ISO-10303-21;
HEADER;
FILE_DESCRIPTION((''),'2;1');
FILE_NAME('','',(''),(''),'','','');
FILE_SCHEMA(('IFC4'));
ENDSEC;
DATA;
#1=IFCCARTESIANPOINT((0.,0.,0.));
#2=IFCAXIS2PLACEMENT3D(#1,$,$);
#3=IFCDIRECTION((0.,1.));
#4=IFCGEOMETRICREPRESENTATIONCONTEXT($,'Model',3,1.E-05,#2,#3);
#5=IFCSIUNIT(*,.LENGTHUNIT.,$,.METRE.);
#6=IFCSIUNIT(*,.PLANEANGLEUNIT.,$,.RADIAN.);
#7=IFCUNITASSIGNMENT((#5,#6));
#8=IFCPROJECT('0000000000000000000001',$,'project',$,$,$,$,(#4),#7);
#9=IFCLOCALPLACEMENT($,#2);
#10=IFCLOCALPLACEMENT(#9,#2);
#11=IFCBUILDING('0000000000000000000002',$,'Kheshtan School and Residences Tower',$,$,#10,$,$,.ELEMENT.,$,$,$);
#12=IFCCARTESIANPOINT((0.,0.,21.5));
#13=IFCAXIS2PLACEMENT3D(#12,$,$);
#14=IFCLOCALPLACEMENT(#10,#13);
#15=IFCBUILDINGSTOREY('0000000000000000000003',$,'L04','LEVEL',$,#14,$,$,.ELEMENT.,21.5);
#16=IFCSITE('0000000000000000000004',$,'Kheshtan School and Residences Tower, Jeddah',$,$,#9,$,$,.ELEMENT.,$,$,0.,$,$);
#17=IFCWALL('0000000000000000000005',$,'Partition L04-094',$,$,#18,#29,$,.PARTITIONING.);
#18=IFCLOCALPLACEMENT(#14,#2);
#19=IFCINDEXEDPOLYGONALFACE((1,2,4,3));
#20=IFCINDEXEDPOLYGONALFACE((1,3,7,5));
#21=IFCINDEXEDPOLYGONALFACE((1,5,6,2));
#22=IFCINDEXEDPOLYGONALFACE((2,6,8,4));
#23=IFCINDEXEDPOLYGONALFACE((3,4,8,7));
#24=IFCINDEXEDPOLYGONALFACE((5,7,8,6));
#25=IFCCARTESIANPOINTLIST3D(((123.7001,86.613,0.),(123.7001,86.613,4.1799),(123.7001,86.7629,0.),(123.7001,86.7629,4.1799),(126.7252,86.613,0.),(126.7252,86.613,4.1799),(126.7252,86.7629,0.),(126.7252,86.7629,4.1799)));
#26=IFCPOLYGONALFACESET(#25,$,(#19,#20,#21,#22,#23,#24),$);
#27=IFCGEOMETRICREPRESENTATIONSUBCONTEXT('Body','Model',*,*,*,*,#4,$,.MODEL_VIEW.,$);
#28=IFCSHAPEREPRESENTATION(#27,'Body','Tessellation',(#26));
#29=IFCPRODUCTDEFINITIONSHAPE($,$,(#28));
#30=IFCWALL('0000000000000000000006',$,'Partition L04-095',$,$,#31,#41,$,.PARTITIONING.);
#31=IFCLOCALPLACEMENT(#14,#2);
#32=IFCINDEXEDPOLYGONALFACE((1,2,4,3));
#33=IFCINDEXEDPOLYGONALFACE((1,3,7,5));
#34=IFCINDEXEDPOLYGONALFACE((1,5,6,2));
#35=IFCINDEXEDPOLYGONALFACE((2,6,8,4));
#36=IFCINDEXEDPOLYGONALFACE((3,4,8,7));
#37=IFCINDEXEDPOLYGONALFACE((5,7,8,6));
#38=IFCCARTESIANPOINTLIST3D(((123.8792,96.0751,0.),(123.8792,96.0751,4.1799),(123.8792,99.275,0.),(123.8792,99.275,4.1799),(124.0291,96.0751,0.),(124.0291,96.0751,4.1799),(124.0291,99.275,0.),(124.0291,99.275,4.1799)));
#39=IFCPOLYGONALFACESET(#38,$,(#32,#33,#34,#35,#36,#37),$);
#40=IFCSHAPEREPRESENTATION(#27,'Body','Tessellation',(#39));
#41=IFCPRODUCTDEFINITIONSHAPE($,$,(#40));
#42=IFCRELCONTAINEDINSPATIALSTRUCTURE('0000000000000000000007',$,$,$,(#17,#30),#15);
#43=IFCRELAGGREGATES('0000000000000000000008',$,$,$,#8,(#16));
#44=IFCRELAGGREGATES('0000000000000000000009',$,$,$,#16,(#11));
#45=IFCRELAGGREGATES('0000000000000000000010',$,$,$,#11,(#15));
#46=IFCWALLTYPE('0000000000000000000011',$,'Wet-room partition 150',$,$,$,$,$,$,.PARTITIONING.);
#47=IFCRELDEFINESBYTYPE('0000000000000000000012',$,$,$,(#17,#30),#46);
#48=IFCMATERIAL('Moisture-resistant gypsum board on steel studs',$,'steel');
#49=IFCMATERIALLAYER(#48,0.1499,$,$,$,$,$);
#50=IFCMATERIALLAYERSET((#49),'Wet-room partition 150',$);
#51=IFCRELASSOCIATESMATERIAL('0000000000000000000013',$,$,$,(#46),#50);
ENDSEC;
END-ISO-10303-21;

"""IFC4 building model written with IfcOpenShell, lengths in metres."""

from ifc_helpers import new_model, si_unit, direction, frame, frame_2d, origin, place, context, subcontext, project, spatial, rectangle, extrude, material, layer, layer_set, type_object, element, save


model = new_model("IFC4")

# Units and contexts
model_context = context("Model", 3, precision=1e-05, world=origin(), true_north=direction((0.0, 1.0)))
body_context = subcontext(model_context, "Body", "Model", "MODEL_VIEW")
ifc_project = project(units=[si_unit("LENGTHUNIT", "METRE"), si_unit("PLANEANGLEUNIT", "RADIAN")], contexts=[model_context])

# Site, building, storey
site_placement = place(None, origin())
site = spatial("IfcSite", under=ifc_project, at=site_placement, Name="Kheshtan School and Residences Tower, Jeddah", CompositionType="ELEMENT", RefElevation=0.0)
building_placement = place(site_placement, origin())
building = spatial("IfcBuilding", under=site, at=building_placement, Name="Kheshtan School and Residences Tower", CompositionType="ELEMENT")
storey_placement = place(building_placement, frame((0.0, 0.0, 21.5)))
storey = spatial("IfcBuildingStorey", under=building, at=storey_placement, Name="L04", Description="LEVEL", CompositionType="ELEMENT", Elevation=21.5)

# Walls
ifc_material_1 = material(Name="Moisture-resistant gypsum board on steel studs", Category="steel")
ifc_layer_1 = layer(ifc_material_1, 0.1499)
ifc_layer_set_1 = layer_set([ifc_layer_1], Name="Wet-room partition 150")
wall_type_1 = type_object("IfcWallType", Name="Wet-room partition 150", PredefinedType="PARTITIONING", material=ifc_layer_set_1)
wall_1_placement = place(storey_placement, frame((123.7, 86.688, 0.0), z_axis=(0.0, 0.0, 1.0), x_axis=(1.0, 0.0, 0.0)))
element("IfcWall", 1, at=wall_1_placement, inside=storey, type_object=wall_type_1, Name="Partition L04-094", PredefinedType="PARTITIONING", context=body_context, shape_type="SweptSolid", body=[
    extrude(rectangle(XDim=3.0251, YDim=0.1499, at=frame_2d((1.5127, 0.0))), origin(), (0.0, 0.0, 1.0), 4.1799),
])
wall_2_placement = place(storey_placement, frame((123.9541, 96.075, 0.0), z_axis=(0.0, 0.0, 1.0), x_axis=(0.0, 1.0, 0.0)))
element("IfcWall", 2, at=wall_2_placement, inside=storey, type_object=wall_type_1, Name="Partition L04-095", PredefinedType="PARTITIONING", context=body_context, shape_type="SweptSolid", body=[
    extrude(rectangle(XDim=3.2, YDim=0.1499, at=frame_2d((1.6001, 0.0))), origin(), (0.0, 0.0, 1.0), 4.1799),
])

save(model, "model.ifc")
